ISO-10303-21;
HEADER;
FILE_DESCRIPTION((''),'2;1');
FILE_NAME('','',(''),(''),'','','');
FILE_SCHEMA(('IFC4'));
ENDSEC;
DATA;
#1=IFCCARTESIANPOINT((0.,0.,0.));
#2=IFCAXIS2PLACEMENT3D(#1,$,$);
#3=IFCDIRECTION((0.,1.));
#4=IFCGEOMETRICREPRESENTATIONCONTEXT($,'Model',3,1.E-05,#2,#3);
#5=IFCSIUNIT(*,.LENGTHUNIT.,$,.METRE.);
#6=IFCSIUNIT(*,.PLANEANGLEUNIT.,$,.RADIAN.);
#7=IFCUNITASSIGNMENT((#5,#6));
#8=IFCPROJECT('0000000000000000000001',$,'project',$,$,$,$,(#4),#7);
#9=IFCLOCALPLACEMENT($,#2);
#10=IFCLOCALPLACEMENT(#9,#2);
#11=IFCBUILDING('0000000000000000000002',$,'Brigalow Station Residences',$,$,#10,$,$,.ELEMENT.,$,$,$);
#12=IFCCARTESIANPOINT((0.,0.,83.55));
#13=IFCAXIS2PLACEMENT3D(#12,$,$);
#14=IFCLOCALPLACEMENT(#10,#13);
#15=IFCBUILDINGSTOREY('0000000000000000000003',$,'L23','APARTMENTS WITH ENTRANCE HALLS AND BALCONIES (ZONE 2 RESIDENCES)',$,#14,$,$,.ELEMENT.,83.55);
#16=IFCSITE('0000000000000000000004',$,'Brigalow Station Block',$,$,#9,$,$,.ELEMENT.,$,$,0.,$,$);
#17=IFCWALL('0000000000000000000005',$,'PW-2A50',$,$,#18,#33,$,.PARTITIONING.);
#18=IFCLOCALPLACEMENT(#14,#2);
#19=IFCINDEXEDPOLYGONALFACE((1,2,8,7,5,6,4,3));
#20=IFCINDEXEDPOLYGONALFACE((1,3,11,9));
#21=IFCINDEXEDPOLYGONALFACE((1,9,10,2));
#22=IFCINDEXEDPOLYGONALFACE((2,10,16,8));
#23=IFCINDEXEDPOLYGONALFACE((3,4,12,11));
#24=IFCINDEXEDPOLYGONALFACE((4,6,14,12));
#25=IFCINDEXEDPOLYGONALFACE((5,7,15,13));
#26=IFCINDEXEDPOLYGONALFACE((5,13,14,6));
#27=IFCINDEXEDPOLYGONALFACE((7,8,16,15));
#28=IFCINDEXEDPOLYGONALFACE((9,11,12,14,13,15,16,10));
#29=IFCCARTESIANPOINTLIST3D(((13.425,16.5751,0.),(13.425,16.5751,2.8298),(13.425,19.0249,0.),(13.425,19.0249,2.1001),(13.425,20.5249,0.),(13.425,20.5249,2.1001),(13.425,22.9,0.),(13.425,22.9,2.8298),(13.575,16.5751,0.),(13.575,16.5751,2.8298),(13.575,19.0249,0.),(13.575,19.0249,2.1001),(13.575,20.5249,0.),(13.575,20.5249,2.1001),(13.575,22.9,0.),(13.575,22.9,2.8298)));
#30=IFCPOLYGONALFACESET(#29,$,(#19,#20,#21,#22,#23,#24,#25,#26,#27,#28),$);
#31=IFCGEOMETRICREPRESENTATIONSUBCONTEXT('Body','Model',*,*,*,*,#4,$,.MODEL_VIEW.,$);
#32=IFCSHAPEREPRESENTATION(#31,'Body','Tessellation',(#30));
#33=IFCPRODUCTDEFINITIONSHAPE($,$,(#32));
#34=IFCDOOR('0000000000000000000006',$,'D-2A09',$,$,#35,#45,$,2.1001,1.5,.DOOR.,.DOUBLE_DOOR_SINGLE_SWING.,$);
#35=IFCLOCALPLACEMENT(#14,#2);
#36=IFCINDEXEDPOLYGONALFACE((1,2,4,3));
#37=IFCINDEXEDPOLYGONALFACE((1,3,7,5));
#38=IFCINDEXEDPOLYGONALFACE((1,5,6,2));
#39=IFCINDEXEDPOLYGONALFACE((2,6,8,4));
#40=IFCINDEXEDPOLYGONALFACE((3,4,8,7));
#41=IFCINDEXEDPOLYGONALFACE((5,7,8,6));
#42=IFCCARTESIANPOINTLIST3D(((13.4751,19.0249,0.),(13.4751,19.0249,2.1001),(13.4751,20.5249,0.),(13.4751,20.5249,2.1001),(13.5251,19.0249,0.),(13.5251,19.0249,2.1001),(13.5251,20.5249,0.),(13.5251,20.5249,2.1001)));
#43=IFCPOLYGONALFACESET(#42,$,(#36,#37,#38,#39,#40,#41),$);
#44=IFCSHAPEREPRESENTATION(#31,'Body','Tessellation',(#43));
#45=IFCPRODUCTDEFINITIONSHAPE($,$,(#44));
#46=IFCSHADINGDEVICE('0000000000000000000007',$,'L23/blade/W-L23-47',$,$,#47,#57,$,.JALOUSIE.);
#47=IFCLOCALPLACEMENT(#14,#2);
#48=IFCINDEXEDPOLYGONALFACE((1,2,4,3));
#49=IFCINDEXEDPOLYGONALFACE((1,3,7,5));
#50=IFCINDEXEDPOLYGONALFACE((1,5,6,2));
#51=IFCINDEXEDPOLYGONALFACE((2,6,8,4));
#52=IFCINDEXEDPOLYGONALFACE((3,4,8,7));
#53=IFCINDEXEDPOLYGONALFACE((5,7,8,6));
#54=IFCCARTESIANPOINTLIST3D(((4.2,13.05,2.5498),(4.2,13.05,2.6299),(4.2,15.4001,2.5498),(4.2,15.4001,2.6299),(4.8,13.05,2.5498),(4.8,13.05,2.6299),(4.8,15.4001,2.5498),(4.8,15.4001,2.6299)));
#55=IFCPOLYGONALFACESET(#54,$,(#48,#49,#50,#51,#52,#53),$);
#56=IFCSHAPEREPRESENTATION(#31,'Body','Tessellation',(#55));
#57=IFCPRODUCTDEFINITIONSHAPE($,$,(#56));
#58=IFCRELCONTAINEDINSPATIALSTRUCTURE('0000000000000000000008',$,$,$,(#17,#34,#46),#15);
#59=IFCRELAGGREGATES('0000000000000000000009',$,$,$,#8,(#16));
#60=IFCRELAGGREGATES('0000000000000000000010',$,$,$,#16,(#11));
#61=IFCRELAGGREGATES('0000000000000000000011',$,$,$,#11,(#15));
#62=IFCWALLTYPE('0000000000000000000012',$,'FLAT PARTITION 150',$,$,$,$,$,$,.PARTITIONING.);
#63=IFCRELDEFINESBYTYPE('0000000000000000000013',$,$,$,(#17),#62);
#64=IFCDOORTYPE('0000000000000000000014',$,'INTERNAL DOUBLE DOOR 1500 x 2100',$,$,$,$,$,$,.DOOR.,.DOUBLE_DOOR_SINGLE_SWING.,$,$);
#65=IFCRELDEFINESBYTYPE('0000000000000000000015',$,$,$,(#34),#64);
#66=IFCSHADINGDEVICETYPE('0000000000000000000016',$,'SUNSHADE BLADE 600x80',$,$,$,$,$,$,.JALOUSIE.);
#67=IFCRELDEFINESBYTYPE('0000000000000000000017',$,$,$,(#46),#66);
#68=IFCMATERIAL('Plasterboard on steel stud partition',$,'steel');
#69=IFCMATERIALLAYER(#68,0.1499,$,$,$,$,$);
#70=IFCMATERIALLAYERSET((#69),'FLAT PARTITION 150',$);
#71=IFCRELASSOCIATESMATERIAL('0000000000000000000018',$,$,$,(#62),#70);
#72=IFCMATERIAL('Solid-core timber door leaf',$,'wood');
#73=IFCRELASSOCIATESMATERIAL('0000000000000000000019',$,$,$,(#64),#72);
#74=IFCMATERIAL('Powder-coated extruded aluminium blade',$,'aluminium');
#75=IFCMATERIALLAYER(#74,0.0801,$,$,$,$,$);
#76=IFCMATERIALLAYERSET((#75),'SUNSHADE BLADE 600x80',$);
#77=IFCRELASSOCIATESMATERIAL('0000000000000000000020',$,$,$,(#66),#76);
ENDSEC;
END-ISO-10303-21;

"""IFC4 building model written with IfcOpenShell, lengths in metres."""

from ifc_helpers import new_model, si_unit, direction, frame, frame_2d, origin, origin_2d, place, context, subcontext, project, spatial, rectangle, extrude, material, layer, layer_set, type_object, element, fill, save


model = new_model("IFC4")

# Units and contexts
model_context = context("Model", 3, precision=1e-05, world=origin(), true_north=direction((0.0, 1.0)))
body_context = subcontext(model_context, "Body", "Model", "MODEL_VIEW")
ifc_project = project(units=[si_unit("LENGTHUNIT", "METRE"), si_unit("PLANEANGLEUNIT", "RADIAN")], contexts=[model_context])

# Site, building, storey
site_placement = place(None, origin())
site = spatial("IfcSite", under=ifc_project, at=site_placement, Name="Brigalow Station Block", CompositionType="ELEMENT", RefElevation=0.0)
building_placement = place(site_placement, origin())
building = spatial("IfcBuilding", under=site, at=building_placement, Name="Brigalow Station Residences", CompositionType="ELEMENT")
storey_placement = place(building_placement, frame((0.0, 0.0, 83.55)))
storey = spatial("IfcBuildingStorey", under=building, at=storey_placement, Name="L23", Description="APARTMENTS WITH ENTRANCE HALLS AND BALCONIES (ZONE 2 RESIDENCES)", CompositionType="ELEMENT", Elevation=83.55)

# Shared definitions
ifc_material_1 = material(Name="Plasterboard on steel stud partition", Category="steel")
ifc_layer_1 = layer(ifc_material_1, 0.1499)
ifc_layer_set_1 = layer_set([ifc_layer_1], Name="FLAT PARTITION 150")
wall_type_1 = type_object("IfcWallType", Name="FLAT PARTITION 150", PredefinedType="PARTITIONING", material=ifc_layer_set_1)

# Wall, opening, door
wall_1_placement = place(storey_placement, frame((13.5, 16.575, 0.0), z_axis=(0.0, 0.0, 1.0), x_axis=(0.0, 1.0, 0.0)))
wall_1 = element("IfcWall", 1, at=wall_1_placement, inside=storey, type_object=wall_type_1, Name="PW-2A50", PredefinedType="PARTITIONING", context=body_context, shape_type="SweptSolid", body=[
    extrude(rectangle(XDim=6.325, YDim=0.1499, at=frame_2d((3.1626, 0.0))), origin(), (0.0, 0.0, 1.0), 2.8298),
])
opening_1_placement = place(wall_1_placement, frame((2.45, 0.0, 0.0)))
opening_1 = element("IfcOpeningElement", 2, at=opening_1_placement, cuts=wall_1, PredefinedType="OPENING", context=body_context, shape_type="SweptSolid", body=[
    extrude(rectangle(XDim=1.5, YDim=2.1001, at=frame_2d((0.75, 1.05))), frame((0.0, 0.085, 0.0), z_axis=(0.0, -1.0, 0.0), x_axis=(1.0, 0.0, 0.0)), (0.0, 0.0, 1.0), 0.1699),
])
ifc_material_2 = material(Name="Solid-core timber door leaf", Category="wood")
door_type_1 = type_object("IfcDoorType", Name="INTERNAL DOUBLE DOOR 1500 x 2100", OperationType="DOUBLE_DOOR_SINGLE_SWING", PredefinedType="DOOR", material=ifc_material_2)
door_1_placement = place(opening_1_placement, origin())
door_1 = element("IfcDoor", 3, at=door_1_placement, inside=storey, type_object=door_type_1, Name="D-2A09", OperationType="DOUBLE_DOOR_SINGLE_SWING", OverallHeight=2.1001, OverallWidth=1.5, PredefinedType="DOOR", context=body_context, shape_type="SweptSolid", body=[
    extrude(rectangle(XDim=1.5, YDim=2.1001, at=frame_2d((0.75, 1.05))), frame((0.0, 0.0249, 0.0), z_axis=(0.0, -1.0, 0.0), x_axis=(1.0, 0.0, 0.0)), (0.0, 0.0, 1.0), 0.05),
])
fill(opening_1, door_1)

# Shading device
ifc_material_3 = material(Name="Powder-coated extruded aluminium blade", Category="aluminium")
ifc_layer_2 = layer(ifc_material_3, 0.0801)
ifc_layer_set_2 = layer_set([ifc_layer_2], Name="SUNSHADE BLADE 600x80")
shading_device_type = type_object("IfcShadingDeviceType", Name="SUNSHADE BLADE 600x80", PredefinedType="JALOUSIE", material=ifc_layer_set_2)
shading_device_placement = place(storey_placement, frame((4.5, 14.2251, 2.5498), z_axis=(0.0, 0.0, 1.0), x_axis=(0.0, -1.0, 0.0)))
element("IfcShadingDevice", 4, at=shading_device_placement, inside=storey, type_object=shading_device_type, Name="L23/blade/W-L23-47", PredefinedType="JALOUSIE", context=body_context, shape_type="SweptSolid", body=[
    extrude(rectangle(XDim=2.3501, YDim=0.6001, at=origin_2d()), origin(), (0.0, 0.0, 1.0), 0.0801),
])

save(model, "model.ifc")
